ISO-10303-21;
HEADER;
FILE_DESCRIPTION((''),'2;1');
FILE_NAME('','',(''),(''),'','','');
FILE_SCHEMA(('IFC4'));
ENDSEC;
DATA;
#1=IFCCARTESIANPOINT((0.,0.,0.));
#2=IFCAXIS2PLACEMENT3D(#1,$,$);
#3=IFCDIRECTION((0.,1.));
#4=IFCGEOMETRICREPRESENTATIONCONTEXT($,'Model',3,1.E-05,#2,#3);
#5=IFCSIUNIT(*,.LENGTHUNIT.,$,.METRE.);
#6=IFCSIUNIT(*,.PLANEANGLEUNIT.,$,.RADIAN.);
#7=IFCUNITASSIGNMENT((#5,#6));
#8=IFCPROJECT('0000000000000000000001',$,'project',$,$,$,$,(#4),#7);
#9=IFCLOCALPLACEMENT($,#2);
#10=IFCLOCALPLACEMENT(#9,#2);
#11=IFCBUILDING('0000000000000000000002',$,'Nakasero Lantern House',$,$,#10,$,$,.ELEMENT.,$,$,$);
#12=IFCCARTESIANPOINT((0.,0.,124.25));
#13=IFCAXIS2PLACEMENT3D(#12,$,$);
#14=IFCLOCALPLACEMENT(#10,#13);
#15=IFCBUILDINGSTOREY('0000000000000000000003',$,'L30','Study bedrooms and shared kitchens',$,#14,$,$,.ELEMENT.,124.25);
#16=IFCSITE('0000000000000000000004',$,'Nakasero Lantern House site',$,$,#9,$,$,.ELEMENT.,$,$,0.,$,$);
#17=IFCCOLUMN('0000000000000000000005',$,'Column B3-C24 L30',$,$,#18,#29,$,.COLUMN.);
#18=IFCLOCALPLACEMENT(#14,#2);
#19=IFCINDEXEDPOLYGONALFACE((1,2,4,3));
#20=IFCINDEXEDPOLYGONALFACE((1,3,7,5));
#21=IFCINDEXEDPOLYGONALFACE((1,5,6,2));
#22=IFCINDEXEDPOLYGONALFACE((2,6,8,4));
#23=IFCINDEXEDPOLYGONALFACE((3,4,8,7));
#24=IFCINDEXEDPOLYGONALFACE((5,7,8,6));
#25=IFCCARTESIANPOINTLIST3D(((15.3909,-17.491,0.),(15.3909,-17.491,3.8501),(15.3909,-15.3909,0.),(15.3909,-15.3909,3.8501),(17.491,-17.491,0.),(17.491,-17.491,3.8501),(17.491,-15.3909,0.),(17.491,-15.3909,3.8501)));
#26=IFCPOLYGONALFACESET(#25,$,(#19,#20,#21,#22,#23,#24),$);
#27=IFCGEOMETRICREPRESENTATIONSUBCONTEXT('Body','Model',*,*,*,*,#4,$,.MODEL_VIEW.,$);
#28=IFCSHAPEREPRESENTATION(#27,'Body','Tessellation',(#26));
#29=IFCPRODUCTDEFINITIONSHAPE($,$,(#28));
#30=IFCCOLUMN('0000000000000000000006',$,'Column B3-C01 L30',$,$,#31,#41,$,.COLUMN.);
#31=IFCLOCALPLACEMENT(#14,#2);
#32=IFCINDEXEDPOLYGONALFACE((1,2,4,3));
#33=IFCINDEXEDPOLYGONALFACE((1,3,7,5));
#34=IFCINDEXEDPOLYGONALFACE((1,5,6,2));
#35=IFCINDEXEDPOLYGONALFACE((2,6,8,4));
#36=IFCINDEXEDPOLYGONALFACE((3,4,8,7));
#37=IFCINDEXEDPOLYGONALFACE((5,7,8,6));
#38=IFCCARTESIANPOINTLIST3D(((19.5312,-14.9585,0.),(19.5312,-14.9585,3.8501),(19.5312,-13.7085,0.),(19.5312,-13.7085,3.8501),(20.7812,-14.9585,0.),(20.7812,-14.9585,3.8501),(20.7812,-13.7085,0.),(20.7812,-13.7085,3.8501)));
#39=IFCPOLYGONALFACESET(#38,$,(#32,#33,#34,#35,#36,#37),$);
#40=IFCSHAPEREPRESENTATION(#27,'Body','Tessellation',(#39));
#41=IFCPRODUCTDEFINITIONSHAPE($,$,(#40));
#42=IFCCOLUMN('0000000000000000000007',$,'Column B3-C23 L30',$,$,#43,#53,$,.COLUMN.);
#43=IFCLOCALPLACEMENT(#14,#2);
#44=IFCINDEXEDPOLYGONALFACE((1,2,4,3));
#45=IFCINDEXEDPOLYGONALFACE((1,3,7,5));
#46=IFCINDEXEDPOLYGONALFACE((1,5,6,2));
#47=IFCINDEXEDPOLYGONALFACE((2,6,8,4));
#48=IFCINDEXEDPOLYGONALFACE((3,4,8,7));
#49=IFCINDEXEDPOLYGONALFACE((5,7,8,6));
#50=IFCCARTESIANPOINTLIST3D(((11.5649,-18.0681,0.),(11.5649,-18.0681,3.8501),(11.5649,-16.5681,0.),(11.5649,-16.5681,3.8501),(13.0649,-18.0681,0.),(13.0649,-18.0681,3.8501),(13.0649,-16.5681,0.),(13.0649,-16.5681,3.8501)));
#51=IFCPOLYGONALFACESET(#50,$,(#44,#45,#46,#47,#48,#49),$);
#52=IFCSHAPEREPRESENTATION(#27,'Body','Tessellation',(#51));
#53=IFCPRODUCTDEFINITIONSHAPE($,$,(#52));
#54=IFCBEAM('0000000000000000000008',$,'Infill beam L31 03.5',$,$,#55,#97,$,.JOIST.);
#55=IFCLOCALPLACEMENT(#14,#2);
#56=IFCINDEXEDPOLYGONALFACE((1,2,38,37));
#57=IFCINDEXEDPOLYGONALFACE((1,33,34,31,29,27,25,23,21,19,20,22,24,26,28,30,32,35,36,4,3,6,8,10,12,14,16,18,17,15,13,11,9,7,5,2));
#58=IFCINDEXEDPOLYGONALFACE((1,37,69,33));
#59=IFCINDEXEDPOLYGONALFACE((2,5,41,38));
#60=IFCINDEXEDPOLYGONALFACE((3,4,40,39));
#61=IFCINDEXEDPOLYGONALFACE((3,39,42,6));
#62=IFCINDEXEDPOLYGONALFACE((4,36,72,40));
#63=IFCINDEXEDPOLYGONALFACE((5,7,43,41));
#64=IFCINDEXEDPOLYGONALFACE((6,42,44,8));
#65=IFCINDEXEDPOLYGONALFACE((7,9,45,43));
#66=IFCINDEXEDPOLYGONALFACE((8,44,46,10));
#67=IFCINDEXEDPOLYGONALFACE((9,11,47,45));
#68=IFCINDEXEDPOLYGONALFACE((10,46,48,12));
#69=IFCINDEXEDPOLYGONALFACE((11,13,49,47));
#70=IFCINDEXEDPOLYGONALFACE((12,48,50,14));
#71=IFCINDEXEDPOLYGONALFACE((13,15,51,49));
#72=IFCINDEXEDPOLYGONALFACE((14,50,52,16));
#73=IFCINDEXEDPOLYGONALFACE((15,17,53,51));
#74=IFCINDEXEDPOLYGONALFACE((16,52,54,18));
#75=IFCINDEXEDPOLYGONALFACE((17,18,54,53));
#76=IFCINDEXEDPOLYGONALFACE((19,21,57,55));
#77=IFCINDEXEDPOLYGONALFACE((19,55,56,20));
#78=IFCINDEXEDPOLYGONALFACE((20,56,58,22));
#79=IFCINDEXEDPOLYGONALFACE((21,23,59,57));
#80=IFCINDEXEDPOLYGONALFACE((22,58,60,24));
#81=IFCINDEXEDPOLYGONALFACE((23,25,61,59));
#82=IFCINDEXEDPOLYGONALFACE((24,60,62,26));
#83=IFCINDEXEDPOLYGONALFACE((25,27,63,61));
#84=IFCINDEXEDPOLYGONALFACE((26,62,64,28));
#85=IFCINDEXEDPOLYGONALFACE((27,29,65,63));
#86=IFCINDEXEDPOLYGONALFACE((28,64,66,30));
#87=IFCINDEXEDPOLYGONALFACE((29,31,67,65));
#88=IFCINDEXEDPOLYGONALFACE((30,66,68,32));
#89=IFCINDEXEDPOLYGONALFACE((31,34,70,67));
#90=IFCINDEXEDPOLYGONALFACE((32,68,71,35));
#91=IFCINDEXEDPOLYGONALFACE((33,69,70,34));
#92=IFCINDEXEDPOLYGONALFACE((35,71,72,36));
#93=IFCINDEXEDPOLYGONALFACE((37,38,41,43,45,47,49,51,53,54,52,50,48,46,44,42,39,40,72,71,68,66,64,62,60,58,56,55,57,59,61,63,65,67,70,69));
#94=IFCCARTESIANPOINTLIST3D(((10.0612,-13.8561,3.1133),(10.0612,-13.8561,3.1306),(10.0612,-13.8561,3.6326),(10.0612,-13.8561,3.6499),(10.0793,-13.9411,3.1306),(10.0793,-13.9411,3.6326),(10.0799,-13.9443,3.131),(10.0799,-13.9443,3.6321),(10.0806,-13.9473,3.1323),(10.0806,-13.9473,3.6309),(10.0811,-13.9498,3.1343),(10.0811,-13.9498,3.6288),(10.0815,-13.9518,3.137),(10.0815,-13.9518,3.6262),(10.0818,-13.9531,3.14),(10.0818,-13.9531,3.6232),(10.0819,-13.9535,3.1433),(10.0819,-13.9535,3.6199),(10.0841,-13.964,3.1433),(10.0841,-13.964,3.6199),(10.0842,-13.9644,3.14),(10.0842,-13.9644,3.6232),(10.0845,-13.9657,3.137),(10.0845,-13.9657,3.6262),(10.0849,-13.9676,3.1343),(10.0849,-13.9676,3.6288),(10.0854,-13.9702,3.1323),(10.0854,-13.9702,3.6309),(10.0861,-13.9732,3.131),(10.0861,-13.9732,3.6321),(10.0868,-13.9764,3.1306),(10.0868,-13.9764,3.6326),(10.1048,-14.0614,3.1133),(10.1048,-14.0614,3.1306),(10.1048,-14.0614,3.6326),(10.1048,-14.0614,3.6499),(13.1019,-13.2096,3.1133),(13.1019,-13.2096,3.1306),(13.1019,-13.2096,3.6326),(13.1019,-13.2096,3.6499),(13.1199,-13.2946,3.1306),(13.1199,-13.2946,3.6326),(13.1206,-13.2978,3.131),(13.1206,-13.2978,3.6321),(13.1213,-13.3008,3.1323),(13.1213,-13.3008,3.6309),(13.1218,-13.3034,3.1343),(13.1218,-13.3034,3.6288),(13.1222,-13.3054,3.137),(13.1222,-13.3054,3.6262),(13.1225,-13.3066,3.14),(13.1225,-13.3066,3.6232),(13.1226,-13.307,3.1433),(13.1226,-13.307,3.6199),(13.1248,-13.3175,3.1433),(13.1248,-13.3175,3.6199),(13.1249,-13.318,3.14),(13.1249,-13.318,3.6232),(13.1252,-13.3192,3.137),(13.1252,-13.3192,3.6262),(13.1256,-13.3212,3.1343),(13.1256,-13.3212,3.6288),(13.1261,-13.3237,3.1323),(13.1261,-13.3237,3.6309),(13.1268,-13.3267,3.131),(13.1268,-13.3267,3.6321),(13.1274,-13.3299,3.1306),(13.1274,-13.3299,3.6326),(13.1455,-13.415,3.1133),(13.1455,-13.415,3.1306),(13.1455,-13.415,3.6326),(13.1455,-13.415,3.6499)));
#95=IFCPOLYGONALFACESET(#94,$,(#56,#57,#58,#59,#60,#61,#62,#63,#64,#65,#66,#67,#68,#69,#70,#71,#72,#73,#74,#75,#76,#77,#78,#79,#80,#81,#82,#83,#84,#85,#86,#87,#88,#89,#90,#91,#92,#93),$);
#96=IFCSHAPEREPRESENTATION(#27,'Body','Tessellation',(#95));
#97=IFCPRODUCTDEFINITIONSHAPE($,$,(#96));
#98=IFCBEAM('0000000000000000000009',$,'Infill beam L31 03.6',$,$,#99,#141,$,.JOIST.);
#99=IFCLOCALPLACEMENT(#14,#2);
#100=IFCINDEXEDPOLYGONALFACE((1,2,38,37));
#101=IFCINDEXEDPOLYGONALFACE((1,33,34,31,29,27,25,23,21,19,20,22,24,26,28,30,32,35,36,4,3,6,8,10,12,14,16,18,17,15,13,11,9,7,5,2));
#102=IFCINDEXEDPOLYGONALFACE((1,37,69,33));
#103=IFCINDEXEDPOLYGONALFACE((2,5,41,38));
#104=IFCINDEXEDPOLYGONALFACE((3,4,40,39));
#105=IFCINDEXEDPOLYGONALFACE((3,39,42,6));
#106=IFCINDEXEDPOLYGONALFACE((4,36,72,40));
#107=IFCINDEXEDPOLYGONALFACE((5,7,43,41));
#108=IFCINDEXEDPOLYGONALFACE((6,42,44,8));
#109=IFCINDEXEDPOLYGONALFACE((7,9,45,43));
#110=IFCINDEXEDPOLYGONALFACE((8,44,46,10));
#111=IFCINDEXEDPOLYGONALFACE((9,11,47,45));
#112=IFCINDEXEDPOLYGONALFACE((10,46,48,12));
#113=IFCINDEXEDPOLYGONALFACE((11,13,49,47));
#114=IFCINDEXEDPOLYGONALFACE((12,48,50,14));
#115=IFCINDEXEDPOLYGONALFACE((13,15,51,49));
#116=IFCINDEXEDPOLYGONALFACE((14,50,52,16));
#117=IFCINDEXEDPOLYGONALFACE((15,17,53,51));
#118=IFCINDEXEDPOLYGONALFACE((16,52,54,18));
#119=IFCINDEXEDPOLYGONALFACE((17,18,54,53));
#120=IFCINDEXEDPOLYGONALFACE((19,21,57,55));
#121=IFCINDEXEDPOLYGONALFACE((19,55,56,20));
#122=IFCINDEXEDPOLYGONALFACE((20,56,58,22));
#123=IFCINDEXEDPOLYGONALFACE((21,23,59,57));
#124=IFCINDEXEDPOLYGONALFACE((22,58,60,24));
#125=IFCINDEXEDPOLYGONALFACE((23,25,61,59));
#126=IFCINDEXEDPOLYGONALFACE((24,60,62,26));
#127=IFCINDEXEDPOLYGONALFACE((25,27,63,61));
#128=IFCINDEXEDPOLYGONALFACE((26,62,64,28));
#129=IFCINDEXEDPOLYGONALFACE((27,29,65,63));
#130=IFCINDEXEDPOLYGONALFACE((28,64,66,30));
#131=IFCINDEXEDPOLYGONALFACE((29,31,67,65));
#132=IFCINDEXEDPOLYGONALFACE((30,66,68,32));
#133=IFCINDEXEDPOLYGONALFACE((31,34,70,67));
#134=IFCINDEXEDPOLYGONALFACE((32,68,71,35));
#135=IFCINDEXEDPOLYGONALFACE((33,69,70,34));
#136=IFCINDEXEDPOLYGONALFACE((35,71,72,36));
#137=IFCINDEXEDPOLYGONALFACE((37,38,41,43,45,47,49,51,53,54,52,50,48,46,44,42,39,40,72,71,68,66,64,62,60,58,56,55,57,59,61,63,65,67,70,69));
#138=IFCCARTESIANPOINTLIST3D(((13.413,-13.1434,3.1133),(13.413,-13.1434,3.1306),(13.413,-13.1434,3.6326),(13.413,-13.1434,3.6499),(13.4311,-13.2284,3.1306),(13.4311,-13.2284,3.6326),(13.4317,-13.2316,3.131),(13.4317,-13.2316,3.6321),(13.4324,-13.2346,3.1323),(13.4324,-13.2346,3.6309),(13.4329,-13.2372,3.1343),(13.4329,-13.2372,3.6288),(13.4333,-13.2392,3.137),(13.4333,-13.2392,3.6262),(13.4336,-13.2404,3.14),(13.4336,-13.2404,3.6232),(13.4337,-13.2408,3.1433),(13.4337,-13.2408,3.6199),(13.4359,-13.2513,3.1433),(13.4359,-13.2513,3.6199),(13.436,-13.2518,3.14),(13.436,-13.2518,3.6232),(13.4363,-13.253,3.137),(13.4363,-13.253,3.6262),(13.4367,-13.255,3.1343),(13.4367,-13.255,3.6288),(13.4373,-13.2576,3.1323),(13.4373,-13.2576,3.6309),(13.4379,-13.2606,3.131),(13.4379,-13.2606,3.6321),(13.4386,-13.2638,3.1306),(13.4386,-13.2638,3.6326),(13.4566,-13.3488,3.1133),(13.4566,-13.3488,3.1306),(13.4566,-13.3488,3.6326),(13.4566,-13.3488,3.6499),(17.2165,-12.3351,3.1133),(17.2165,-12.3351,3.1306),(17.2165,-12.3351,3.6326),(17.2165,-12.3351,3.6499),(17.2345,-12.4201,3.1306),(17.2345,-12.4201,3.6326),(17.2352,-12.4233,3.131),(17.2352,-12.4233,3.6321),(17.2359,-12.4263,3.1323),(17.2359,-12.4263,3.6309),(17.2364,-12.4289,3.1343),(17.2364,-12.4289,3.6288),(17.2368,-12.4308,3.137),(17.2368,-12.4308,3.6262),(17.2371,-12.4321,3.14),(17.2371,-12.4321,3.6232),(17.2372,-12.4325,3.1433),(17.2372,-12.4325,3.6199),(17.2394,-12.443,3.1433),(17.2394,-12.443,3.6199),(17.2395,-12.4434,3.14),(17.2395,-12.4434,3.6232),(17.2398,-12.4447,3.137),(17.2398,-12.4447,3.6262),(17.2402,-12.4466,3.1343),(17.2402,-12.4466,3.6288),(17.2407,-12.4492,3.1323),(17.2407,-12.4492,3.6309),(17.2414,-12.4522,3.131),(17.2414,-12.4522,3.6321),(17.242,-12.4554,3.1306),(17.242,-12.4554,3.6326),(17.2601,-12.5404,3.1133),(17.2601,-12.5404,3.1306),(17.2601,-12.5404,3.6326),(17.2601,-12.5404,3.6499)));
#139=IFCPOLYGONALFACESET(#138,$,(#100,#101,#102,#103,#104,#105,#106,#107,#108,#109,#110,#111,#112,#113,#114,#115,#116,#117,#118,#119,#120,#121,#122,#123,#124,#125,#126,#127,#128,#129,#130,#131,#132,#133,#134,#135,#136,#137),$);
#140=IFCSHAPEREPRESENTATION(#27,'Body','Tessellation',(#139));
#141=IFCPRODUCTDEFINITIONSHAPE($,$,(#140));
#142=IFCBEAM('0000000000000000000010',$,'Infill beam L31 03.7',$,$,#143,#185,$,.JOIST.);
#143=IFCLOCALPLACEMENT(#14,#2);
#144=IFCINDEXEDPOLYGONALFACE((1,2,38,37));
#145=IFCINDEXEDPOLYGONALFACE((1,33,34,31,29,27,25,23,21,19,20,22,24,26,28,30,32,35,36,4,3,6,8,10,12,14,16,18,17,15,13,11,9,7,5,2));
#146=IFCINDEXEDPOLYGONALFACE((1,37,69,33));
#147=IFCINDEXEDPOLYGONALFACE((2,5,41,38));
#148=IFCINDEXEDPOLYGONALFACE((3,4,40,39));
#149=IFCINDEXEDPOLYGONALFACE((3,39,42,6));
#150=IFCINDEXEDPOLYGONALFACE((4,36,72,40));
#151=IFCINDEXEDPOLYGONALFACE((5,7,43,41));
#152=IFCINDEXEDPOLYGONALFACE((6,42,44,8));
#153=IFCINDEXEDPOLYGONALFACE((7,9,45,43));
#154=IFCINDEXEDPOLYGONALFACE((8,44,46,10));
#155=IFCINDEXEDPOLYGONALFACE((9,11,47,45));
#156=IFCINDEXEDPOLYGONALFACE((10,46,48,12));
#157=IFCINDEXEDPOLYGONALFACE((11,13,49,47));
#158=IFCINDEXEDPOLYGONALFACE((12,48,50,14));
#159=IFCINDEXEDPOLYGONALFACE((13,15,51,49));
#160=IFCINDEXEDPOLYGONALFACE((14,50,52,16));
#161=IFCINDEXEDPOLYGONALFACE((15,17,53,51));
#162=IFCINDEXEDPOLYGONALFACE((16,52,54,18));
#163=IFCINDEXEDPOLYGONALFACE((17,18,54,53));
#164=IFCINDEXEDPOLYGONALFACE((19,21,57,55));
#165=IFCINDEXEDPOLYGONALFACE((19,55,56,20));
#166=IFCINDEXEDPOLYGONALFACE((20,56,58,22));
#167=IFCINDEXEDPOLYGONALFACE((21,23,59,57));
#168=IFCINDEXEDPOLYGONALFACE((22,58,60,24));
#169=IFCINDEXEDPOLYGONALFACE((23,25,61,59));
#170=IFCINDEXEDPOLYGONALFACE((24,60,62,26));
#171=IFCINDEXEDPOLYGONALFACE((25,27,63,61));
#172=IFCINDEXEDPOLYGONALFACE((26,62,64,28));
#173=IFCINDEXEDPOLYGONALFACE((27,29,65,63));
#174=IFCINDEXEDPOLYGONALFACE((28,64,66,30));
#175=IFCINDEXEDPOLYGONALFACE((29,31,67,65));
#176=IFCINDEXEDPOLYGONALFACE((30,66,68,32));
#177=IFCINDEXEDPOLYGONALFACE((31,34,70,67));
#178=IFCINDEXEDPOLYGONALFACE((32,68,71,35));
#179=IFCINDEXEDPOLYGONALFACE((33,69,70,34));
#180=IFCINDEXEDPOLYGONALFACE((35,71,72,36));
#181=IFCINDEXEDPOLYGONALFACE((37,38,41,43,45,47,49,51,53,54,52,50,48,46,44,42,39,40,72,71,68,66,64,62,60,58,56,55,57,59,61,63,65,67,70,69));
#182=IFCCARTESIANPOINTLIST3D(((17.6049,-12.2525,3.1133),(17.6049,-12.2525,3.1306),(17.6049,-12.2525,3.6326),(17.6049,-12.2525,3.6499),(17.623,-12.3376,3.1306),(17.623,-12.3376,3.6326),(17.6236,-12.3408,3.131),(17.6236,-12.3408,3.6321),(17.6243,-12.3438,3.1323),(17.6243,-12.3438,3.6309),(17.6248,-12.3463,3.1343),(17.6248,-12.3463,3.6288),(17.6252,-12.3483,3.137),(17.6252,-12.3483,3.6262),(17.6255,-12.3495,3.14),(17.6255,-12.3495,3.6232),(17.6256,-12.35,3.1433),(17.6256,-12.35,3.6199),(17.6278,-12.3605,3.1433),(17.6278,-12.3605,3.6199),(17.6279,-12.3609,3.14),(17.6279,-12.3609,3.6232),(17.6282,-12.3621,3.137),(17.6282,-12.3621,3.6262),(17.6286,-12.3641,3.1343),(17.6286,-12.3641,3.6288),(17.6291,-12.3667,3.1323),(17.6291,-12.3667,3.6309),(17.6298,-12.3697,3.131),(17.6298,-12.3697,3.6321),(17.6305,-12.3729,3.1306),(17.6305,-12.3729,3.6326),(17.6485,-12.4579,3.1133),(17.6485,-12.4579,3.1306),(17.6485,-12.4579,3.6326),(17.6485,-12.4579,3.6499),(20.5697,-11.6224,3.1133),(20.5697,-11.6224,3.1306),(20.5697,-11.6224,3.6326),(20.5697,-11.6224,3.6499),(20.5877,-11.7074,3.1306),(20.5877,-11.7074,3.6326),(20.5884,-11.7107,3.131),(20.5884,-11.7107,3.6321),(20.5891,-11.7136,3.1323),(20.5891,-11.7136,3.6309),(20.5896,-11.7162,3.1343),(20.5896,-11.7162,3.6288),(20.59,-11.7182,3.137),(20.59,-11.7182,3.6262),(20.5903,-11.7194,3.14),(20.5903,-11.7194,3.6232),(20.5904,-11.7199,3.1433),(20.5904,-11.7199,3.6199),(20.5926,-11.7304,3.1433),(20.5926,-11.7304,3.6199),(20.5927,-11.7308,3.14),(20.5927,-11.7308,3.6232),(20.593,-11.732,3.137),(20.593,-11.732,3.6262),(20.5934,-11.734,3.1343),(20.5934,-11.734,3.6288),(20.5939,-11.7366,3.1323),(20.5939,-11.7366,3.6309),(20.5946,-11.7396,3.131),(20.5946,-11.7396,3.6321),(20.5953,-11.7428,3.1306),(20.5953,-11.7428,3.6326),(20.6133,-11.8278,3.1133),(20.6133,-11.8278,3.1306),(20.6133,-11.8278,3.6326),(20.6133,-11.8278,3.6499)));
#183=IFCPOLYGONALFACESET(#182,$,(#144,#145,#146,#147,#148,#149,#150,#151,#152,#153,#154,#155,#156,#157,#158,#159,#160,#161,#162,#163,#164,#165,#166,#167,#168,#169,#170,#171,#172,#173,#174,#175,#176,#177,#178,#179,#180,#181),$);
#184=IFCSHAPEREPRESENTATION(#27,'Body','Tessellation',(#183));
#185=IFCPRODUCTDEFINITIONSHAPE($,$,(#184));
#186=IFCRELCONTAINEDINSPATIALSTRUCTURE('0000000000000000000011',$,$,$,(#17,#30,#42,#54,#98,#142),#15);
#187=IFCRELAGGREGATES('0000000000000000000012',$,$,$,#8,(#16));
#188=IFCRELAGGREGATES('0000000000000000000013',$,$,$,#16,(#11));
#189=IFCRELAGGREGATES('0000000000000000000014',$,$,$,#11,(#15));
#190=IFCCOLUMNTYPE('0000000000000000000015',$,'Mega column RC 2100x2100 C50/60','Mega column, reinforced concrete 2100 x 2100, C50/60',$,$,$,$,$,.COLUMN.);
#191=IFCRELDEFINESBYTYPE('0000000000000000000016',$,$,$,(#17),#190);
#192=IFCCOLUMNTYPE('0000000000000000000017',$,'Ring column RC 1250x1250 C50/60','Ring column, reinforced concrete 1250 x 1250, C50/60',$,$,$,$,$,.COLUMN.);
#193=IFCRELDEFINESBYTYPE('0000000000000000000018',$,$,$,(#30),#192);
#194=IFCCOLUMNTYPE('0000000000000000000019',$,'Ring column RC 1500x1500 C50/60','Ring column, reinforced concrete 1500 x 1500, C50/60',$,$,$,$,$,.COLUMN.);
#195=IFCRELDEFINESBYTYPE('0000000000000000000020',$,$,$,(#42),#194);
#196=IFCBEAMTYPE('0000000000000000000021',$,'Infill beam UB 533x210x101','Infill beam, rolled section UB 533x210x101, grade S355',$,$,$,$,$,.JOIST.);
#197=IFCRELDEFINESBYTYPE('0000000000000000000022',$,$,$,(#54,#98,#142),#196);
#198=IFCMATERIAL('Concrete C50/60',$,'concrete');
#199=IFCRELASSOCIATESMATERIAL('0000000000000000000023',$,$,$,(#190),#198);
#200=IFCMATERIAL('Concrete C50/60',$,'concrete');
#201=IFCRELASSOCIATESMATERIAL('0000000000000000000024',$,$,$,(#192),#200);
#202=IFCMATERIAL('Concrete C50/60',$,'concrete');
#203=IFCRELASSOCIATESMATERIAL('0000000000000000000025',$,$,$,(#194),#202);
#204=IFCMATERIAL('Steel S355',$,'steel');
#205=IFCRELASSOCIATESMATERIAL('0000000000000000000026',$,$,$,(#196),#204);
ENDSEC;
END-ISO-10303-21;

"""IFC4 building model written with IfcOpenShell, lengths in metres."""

from ifc_helpers import new_model, si_unit, direction, frame, origin, origin_2d, place, context, subcontext, project, spatial, rectangle, i_section, extrude, material, material_profile, profile_set, type_object, element, save


model = new_model("IFC4")

# Units and contexts
model_context = context("Model", 3, precision=1e-05, world=origin(), true_north=direction((0.0, 1.0)))
body_context = subcontext(model_context, "Body", "Model", "MODEL_VIEW")
ifc_project = project(units=[si_unit("LENGTHUNIT", "METRE"), si_unit("PLANEANGLEUNIT", "RADIAN")], contexts=[model_context])

# Site, building, storey
site_placement = place(None, origin())
site = spatial("IfcSite", under=ifc_project, at=site_placement, Name="Nakasero Lantern House site", CompositionType="ELEMENT", RefElevation=0.0)
building_placement = place(site_placement, origin())
building = spatial("IfcBuilding", under=site, at=building_placement, Name="Nakasero Lantern House", CompositionType="ELEMENT")
storey_placement = place(building_placement, frame((0.0, 0.0, 124.25)))
storey = spatial("IfcBuildingStorey", under=building, at=storey_placement, Name="L30", Description="Study bedrooms and shared kitchens", CompositionType="ELEMENT", Elevation=124.25)

# Columns
ifc_material_1 = material(Name="Concrete C50/60", Category="concrete")
ifc_material_profile_1 = material_profile(ifc_material_1, rectangle(XDim=2.1001, YDim=2.1001, at=origin_2d()), Name="RC 2100x2100")
ifc_profile_set_1 = profile_set([ifc_material_profile_1], Name="Concrete C50/60")
column_type_1 = type_object("IfcColumnType", Name="Mega column RC 2100x2100 C50/60", Description="Mega column, reinforced concrete 2100 x 2100, C50/60", PredefinedType="COLUMN", material=ifc_profile_set_1)
column_1_placement = place(storey_placement, frame((16.4409, -16.4409, 0.0), z_axis=(0.0, 0.0, 1.0), x_axis=(1.0, 0.0, 0.0)))
element("IfcColumn", 1, at=column_1_placement, inside=storey, type_object=column_type_1, Name="Column B3-C24 L30", PredefinedType="COLUMN", context=body_context, shape_type="SweptSolid", body=[
    extrude(rectangle(XDim=2.1001, YDim=2.1001, at=origin_2d()), origin(), (0.0, 0.0, 1.0), 3.8501),
])
ifc_material_2 = material(Name="Concrete C50/60", Category="concrete")
ifc_material_profile_2 = material_profile(ifc_material_2, rectangle(XDim=1.25, YDim=1.25, at=origin_2d()), Name="RC 1250x1250")
ifc_profile_set_2 = profile_set([ifc_material_profile_2], Name="Concrete C50/60")
column_type_2 = type_object("IfcColumnType", Name="Ring column RC 1250x1250 C50/60", Description="Ring column, reinforced concrete 1250 x 1250, C50/60", PredefinedType="COLUMN", material=ifc_profile_set_2)
column_2_placement = place(storey_placement, frame((20.1562, -14.3335, 0.0), z_axis=(0.0, 0.0, 1.0), x_axis=(1.0, 0.0, 0.0)))
element("IfcColumn", 2, at=column_2_placement, inside=storey, type_object=column_type_2, Name="Column B3-C01 L30", PredefinedType="COLUMN", context=body_context, shape_type="SweptSolid", body=[
    extrude(rectangle(XDim=1.25, YDim=1.25, at=origin_2d()), origin(), (0.0, 0.0, 1.0), 3.8501),
])
ifc_material_3 = material(Name="Concrete C50/60", Category="concrete")
ifc_material_profile_3 = material_profile(ifc_material_3, rectangle(XDim=1.5, YDim=1.5, at=origin_2d()), Name="RC 1500x1500")
ifc_profile_set_3 = profile_set([ifc_material_profile_3], Name="Concrete C50/60")
column_type_3 = type_object("IfcColumnType", Name="Ring column RC 1500x1500 C50/60", Description="Ring column, reinforced concrete 1500 x 1500, C50/60", PredefinedType="COLUMN", material=ifc_profile_set_3)
column_3_placement = place(storey_placement, frame((12.3149, -17.3181, 0.0), z_axis=(0.0, 0.0, 1.0), x_axis=(1.0, 0.0, 0.0)))
element("IfcColumn", 3, at=column_3_placement, inside=storey, type_object=column_type_3, Name="Column B3-C23 L30", PredefinedType="COLUMN", context=body_context, shape_type="SweptSolid", body=[
    extrude(rectangle(XDim=1.5, YDim=1.5, at=origin_2d()), origin(), (0.0, 0.0, 1.0), 3.8501),
])

# Beams
ifc_material_4 = material(Name="Steel S355", Category="steel")
ifc_material_profile_4 = material_profile(ifc_material_4, i_section(OverallWidth=0.21, OverallDepth=0.5366, WebThickness=0.0107, FlangeThickness=0.0173, FilletRadius=0.0127, at=origin_2d()), Name="UB 533x210x101")
ifc_profile_set_4 = profile_set([ifc_material_profile_4], Name="Steel S355")
beam_type_1 = type_object("IfcBeamType", Name="Infill beam UB 533x210x101", Description="Infill beam, rolled section UB 533x210x101, grade S355", PredefinedType="JOIST", material=ifc_profile_set_4)
beam_1_placement = place(storey_placement, frame((10.083, -13.9587, 3.3816), z_axis=(0.978138, 0.207957, 0.0), x_axis=(-0.207957, 0.978138, 0.0)))
element("IfcBeam", 4, at=beam_1_placement, inside=storey, type_object=beam_type_1, Name="Infill beam L31 03.5", PredefinedType="JOIST", context=body_context, shape_type="SweptSolid", body=[
    extrude(i_section(OverallWidth=0.21, OverallDepth=0.5366, WebThickness=0.0107, FlangeThickness=0.0173, FilletRadius=0.0127, at=origin_2d()), origin(), (0.0, 0.0, 1.0), 3.1086),
])
beam_2_placement = place(storey_placement, frame((13.4348, -13.2461, 3.3816), z_axis=(0.978153, 0.207887, 0.0), x_axis=(-0.207887, 0.978153, 0.0)))
element("IfcBeam", 5, at=beam_2_placement, inside=storey, type_object=beam_type_1, Name="Infill beam L31 03.6", PredefinedType="JOIST", context=body_context, shape_type="SweptSolid", body=[
    extrude(i_section(OverallWidth=0.21, OverallDepth=0.5366, WebThickness=0.0107, FlangeThickness=0.0173, FilletRadius=0.0127, at=origin_2d()), origin(), (0.0, 0.0, 1.0), 3.8884),
])
beam_3_placement = place(storey_placement, frame((17.6267, -12.3552, 3.3816), z_axis=(0.978152, 0.20789, 0.0), x_axis=(-0.20789, 0.978152, 0.0)))
element("IfcBeam", 6, at=beam_3_placement, inside=storey, type_object=beam_type_1, Name="Infill beam L31 03.7", PredefinedType="JOIST", context=body_context, shape_type="SweptSolid", body=[
    extrude(i_section(OverallWidth=0.21, OverallDepth=0.5366, WebThickness=0.0107, FlangeThickness=0.0173, FilletRadius=0.0127, at=origin_2d()), origin(), (0.0, 0.0, 1.0), 3.031),
])

save(model, "model.ifc")
